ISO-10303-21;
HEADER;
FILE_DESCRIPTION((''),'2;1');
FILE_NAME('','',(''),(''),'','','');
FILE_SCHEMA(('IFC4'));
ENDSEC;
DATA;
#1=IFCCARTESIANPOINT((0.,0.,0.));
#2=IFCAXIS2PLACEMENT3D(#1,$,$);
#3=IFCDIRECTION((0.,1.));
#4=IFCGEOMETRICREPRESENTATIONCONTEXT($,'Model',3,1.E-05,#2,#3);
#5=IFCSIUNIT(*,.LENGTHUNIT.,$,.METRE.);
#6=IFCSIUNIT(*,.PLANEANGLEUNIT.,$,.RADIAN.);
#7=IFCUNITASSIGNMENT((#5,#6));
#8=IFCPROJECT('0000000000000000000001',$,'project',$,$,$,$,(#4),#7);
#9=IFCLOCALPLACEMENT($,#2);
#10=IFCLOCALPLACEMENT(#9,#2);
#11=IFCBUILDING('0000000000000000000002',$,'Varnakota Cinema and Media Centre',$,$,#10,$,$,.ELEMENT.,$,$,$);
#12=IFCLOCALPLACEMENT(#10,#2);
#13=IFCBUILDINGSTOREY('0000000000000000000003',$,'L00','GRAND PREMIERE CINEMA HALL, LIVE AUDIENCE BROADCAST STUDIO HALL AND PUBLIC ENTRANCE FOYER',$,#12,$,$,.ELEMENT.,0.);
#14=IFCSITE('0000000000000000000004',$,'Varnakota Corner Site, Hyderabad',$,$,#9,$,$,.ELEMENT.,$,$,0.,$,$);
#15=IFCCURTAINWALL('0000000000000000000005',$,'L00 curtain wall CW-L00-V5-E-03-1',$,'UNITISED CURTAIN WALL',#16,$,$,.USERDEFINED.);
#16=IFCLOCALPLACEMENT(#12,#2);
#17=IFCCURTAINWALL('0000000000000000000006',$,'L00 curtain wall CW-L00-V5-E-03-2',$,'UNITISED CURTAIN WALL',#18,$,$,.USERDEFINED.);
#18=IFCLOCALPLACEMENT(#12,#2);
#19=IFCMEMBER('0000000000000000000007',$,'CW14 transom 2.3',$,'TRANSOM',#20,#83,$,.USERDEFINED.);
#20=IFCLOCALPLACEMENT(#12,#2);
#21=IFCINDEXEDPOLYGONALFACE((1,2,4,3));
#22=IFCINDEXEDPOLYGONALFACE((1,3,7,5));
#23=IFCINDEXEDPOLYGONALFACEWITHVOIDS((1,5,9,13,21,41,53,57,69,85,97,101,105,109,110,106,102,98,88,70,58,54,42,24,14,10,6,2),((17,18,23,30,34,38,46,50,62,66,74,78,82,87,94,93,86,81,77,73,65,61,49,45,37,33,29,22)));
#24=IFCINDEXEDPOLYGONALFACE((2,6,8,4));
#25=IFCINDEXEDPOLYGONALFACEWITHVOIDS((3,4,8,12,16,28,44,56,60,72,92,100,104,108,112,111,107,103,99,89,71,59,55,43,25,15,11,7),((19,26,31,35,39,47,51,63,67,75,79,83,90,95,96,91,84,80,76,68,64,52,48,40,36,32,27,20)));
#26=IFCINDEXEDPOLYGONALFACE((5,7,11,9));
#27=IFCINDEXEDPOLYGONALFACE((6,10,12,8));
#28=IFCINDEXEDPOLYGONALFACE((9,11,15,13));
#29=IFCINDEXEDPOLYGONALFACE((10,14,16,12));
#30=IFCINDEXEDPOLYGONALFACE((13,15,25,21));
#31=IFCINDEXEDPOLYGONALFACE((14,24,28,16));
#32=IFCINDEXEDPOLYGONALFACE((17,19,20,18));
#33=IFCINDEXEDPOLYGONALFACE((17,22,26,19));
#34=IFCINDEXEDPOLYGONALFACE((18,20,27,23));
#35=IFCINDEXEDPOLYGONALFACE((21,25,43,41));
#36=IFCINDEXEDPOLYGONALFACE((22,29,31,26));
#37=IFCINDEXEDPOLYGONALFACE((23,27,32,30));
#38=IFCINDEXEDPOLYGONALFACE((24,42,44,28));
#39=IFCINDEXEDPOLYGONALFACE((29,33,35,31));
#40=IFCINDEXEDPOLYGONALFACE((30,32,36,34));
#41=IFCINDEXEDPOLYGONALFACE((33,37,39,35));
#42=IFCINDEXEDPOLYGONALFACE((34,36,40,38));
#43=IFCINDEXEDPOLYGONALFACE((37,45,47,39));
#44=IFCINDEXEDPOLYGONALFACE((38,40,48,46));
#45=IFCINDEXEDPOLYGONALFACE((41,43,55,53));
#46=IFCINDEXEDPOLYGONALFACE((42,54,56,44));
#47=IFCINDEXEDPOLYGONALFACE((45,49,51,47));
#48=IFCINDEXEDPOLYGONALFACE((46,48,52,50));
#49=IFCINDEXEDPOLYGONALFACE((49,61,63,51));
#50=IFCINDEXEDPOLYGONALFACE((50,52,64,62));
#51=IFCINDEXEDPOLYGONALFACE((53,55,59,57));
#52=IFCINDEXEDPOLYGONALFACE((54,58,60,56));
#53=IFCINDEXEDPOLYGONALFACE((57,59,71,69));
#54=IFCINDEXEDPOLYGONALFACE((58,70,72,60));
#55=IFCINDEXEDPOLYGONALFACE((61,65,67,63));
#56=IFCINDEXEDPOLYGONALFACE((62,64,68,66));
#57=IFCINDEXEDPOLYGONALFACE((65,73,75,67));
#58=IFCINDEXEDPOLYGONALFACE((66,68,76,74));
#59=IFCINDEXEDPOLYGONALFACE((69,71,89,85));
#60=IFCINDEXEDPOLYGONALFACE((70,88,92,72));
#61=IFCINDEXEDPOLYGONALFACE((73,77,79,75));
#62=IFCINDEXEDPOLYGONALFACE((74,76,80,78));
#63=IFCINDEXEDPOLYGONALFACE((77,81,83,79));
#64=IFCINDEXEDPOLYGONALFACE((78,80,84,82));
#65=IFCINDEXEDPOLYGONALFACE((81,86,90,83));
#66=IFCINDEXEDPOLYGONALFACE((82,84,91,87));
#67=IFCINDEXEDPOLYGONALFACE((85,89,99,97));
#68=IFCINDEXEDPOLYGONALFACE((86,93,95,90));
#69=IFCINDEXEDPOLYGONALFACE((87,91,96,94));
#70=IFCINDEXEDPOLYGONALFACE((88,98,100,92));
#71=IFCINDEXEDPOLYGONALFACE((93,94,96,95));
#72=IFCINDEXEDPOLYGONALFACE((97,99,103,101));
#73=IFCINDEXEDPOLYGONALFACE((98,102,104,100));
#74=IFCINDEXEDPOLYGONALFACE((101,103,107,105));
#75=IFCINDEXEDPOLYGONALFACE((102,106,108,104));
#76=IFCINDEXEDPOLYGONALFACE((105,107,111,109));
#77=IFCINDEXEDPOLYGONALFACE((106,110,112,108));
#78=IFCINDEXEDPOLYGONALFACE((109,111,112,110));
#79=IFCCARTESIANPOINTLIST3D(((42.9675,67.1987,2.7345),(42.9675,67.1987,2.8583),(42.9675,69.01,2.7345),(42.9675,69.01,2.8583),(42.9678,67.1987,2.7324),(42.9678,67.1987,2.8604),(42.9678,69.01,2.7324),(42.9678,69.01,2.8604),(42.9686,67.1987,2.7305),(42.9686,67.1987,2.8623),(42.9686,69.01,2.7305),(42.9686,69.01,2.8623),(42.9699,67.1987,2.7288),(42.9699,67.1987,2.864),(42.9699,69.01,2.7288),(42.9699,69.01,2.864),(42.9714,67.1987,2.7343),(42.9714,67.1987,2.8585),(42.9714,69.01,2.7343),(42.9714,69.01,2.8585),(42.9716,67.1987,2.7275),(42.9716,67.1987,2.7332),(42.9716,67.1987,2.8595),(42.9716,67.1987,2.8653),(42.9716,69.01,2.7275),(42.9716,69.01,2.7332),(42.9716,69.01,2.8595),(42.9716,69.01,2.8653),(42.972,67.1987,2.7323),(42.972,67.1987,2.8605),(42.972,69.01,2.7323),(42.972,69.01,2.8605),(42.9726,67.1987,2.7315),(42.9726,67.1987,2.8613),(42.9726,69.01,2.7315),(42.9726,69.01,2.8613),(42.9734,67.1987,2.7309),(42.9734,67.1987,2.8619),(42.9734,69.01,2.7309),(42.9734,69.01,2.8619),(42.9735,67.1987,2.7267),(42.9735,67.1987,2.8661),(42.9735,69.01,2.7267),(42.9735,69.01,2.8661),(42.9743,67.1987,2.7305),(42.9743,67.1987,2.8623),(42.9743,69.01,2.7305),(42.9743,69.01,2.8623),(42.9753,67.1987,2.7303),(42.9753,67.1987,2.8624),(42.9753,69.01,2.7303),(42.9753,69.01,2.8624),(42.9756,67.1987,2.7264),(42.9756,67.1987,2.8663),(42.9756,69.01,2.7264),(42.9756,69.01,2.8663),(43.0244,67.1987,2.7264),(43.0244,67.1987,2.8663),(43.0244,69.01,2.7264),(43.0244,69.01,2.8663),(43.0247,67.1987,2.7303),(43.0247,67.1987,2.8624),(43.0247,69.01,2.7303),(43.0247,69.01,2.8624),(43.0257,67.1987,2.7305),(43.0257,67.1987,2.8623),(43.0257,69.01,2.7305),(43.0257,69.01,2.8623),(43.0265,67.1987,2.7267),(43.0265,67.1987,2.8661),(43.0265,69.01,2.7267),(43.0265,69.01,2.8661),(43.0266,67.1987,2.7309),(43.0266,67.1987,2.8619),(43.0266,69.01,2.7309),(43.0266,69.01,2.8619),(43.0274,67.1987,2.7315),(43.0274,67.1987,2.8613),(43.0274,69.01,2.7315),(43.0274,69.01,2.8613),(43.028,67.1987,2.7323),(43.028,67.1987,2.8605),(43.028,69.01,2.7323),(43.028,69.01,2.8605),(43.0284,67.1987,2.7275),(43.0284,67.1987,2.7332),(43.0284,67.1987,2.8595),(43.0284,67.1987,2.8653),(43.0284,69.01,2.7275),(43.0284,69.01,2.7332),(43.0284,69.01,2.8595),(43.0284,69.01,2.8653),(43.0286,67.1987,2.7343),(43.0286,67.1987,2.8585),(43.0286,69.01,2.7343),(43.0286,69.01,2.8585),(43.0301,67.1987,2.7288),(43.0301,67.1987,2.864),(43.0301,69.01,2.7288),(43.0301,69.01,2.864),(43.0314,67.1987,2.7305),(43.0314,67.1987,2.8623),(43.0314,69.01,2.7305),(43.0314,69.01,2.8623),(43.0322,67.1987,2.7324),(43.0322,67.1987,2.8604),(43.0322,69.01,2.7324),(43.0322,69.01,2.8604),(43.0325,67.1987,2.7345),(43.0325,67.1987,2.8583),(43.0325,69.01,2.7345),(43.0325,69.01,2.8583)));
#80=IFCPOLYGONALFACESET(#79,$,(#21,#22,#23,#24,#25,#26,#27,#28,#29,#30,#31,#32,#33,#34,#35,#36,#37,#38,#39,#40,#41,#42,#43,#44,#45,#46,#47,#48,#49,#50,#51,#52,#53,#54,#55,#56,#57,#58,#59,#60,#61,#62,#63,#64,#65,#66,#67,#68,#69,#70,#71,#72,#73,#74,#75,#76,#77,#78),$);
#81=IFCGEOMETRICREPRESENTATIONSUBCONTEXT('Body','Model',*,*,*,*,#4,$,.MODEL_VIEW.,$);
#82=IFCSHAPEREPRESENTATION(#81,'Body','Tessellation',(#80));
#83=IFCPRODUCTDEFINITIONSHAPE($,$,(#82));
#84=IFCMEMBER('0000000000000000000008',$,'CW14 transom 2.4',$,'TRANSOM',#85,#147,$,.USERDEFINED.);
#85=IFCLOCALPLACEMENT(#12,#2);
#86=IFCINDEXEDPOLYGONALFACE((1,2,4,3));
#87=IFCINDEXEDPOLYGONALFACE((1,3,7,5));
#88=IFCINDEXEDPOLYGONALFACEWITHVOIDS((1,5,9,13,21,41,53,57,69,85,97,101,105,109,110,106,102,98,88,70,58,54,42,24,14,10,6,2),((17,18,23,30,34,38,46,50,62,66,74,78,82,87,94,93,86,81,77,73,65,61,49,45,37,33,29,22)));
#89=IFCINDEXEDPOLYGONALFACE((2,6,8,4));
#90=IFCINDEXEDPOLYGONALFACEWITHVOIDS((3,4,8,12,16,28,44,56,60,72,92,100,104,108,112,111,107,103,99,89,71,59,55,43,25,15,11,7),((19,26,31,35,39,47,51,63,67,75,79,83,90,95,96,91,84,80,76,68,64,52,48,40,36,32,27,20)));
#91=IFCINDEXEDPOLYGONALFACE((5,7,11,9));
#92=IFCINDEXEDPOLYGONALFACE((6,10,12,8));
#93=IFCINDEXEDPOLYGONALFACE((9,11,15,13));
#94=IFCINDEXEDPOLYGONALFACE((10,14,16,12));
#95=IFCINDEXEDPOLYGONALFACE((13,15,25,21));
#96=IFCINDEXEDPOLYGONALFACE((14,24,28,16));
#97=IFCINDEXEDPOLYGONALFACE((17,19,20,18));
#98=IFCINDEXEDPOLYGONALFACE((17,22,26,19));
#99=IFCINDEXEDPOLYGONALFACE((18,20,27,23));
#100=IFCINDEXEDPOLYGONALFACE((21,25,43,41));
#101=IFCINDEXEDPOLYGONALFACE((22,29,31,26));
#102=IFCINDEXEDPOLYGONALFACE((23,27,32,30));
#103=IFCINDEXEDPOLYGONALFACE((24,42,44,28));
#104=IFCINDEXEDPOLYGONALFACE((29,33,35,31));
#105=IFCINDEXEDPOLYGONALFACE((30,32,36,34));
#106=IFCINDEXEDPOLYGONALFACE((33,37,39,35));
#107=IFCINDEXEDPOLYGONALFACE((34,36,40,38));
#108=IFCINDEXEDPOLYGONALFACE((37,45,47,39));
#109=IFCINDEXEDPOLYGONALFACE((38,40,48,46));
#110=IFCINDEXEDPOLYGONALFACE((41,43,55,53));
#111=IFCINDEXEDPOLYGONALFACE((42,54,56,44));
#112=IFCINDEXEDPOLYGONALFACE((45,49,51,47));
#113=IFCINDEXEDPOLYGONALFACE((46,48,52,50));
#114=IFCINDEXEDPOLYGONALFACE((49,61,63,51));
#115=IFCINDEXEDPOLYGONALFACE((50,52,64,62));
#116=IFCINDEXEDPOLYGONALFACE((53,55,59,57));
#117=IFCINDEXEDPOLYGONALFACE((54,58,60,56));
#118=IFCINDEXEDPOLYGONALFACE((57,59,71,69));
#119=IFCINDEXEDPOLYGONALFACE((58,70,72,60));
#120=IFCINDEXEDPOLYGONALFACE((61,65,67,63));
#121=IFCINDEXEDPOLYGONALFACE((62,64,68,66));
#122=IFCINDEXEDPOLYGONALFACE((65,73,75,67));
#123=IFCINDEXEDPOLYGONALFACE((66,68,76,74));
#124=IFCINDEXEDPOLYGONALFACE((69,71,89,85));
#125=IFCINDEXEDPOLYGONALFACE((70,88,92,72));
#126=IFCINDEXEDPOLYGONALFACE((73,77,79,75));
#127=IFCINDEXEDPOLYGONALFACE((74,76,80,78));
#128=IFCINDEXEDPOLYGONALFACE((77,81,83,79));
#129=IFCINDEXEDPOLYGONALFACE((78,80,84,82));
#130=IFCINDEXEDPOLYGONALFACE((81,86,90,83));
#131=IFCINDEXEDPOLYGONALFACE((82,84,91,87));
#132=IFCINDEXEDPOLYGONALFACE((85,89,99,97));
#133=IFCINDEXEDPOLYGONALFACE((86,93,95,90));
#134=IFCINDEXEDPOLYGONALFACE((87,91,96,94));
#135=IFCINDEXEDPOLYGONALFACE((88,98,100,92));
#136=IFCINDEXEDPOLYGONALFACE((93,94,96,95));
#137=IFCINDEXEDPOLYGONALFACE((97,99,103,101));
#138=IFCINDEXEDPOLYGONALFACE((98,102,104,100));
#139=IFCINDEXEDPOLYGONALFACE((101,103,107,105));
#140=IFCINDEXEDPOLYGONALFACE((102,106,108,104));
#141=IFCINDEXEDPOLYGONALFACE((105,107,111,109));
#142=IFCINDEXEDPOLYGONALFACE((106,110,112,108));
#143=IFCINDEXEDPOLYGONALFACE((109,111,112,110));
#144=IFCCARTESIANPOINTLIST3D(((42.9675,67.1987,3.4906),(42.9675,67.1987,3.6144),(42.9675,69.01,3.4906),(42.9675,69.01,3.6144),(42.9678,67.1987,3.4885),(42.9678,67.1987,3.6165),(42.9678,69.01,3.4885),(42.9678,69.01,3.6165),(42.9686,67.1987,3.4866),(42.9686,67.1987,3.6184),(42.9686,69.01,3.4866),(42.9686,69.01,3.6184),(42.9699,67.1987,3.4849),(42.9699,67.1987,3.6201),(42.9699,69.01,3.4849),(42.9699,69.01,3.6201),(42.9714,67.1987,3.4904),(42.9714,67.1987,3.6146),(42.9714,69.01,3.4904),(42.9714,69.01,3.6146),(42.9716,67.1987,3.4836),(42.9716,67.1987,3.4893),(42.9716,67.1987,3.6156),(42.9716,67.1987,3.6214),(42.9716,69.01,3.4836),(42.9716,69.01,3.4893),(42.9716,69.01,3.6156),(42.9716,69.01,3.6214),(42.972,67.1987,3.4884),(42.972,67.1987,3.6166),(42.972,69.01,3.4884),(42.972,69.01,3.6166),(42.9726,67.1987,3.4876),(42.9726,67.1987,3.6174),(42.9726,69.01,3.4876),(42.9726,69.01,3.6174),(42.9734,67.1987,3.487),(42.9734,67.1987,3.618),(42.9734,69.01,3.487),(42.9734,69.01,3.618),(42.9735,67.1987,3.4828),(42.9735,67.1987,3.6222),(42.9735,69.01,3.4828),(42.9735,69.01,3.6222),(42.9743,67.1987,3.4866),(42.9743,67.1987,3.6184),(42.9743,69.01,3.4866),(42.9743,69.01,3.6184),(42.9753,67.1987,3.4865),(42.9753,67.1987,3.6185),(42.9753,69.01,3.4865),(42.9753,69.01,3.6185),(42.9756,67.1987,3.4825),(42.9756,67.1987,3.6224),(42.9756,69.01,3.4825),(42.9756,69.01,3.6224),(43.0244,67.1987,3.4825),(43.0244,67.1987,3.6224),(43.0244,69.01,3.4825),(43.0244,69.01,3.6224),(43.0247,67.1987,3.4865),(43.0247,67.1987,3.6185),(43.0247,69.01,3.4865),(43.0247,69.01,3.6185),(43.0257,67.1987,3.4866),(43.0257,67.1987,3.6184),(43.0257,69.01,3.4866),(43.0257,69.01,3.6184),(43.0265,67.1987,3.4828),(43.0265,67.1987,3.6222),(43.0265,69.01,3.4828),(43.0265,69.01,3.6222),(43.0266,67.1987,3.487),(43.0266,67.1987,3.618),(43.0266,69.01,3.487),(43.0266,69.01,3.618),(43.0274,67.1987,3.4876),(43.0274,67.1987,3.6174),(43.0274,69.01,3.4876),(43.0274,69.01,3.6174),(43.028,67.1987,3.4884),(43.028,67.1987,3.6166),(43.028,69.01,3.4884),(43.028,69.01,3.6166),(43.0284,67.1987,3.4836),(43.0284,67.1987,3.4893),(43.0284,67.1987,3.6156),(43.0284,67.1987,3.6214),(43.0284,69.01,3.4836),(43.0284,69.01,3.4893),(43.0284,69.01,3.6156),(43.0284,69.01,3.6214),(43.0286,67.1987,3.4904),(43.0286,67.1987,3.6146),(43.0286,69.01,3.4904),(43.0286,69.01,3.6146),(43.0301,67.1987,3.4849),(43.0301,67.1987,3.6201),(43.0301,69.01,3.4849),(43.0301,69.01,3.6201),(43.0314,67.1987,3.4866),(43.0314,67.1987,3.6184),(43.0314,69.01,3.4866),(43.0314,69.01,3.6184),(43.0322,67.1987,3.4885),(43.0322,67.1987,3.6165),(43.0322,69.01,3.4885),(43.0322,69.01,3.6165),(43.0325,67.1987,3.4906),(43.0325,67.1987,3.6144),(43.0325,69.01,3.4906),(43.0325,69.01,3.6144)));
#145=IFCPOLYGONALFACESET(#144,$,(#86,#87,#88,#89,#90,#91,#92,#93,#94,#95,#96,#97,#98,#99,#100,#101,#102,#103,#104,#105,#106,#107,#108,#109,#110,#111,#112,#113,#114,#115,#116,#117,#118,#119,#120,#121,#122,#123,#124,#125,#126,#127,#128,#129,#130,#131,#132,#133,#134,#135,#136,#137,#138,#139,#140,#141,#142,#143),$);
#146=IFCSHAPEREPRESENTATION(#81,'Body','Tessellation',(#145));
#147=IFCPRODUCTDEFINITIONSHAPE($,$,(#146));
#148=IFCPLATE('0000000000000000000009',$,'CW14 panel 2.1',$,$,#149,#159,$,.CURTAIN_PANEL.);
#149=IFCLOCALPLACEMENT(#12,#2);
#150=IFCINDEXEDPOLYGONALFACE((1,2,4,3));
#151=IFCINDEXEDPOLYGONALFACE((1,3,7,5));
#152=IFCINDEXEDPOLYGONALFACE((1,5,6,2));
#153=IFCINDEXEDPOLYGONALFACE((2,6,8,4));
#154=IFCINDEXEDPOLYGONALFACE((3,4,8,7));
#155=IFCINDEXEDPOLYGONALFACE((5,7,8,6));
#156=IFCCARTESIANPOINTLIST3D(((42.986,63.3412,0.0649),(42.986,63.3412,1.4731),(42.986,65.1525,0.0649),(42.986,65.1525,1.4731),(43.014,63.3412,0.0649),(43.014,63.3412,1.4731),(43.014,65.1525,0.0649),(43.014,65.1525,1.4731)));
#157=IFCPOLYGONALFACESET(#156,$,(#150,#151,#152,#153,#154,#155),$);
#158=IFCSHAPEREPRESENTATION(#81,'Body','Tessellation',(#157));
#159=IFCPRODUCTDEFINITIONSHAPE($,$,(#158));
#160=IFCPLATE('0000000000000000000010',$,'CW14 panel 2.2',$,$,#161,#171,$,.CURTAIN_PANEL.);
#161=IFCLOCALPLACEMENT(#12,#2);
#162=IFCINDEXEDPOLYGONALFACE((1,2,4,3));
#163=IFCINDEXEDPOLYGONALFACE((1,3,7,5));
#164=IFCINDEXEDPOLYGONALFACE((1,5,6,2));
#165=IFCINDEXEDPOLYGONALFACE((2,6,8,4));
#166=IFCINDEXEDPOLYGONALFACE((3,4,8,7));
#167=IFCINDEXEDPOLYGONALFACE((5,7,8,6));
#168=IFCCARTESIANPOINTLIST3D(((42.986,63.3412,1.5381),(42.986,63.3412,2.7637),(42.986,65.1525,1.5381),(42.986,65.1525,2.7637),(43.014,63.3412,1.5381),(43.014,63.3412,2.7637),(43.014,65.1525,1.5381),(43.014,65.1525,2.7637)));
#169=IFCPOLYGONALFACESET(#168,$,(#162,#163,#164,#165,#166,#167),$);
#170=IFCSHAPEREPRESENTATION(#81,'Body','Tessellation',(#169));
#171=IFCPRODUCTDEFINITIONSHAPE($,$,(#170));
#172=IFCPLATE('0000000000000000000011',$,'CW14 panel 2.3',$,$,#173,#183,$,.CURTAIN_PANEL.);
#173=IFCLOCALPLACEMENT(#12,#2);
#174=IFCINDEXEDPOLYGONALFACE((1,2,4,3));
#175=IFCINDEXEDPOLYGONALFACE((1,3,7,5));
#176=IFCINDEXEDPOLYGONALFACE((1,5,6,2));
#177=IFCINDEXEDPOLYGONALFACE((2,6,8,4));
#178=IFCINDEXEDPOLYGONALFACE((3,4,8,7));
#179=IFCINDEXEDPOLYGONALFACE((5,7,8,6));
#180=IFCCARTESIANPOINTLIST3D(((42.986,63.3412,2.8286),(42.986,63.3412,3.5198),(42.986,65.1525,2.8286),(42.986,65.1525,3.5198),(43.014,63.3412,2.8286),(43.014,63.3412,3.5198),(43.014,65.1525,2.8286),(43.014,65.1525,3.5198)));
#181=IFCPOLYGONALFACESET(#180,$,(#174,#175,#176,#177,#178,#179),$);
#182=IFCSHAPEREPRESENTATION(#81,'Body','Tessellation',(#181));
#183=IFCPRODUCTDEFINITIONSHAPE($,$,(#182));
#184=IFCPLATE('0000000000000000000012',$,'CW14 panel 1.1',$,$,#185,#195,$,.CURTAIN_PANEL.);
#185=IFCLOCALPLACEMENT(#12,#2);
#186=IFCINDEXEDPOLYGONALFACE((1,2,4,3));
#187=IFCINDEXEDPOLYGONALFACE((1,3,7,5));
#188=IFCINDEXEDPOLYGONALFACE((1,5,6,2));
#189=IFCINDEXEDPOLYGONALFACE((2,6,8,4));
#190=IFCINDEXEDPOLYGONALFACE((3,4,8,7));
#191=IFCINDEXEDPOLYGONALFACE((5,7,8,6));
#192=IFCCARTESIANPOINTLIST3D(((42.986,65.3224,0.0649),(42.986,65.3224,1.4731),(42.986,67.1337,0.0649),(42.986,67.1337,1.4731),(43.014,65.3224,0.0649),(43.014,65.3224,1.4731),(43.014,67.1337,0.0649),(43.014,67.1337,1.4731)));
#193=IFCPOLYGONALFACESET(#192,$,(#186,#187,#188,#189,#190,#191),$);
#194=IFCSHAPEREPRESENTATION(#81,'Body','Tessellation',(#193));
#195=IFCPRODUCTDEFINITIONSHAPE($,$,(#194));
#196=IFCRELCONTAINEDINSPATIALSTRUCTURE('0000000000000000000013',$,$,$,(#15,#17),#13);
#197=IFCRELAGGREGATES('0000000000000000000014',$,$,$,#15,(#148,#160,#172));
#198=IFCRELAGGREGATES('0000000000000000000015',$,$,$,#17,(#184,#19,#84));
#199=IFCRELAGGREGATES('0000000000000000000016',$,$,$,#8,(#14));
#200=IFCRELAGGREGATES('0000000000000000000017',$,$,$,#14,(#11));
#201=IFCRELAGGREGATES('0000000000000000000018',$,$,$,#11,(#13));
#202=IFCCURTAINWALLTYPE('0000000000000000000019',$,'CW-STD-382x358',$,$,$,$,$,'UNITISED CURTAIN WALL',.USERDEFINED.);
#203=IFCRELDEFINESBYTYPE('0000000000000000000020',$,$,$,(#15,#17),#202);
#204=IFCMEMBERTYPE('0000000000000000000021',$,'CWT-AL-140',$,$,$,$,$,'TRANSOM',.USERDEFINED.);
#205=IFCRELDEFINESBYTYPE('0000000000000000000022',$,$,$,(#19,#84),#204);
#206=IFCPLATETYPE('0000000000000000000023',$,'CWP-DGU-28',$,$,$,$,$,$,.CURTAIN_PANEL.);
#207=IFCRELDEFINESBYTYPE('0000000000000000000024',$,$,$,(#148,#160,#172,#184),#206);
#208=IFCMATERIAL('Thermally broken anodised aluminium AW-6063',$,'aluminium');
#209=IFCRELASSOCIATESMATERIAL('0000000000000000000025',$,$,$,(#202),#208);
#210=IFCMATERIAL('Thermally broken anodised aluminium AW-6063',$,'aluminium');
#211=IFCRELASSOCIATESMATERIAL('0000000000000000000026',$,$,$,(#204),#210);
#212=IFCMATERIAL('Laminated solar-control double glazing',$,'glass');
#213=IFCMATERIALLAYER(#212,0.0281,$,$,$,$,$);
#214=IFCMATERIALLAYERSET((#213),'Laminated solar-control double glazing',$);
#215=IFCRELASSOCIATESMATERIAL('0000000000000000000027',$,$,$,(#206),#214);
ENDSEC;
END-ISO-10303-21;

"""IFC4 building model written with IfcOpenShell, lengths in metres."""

from ifc_helpers import new_model, si_unit, direction, frame, origin, origin_2d, place, context, subcontext, project, spatial, rectangle, hollow_rectangle, extrude, material, layer, layer_set, material_profile, profile_set, type_object, element, aggregate, save


model = new_model("IFC4")

# Units and contexts
model_context = context("Model", 3, precision=1e-05, world=origin(), true_north=direction((0.0, 1.0)))
body_context = subcontext(model_context, "Body", "Model", "MODEL_VIEW")
ifc_project = project(units=[si_unit("LENGTHUNIT", "METRE"), si_unit("PLANEANGLEUNIT", "RADIAN")], contexts=[model_context])

# Site, building, storey
site_placement = place(None, origin())
site = spatial("IfcSite", under=ifc_project, at=site_placement, Name="Varnakota Corner Site, Hyderabad", CompositionType="ELEMENT", RefElevation=0.0)
building_placement = place(site_placement, origin())
building = spatial("IfcBuilding", under=site, at=building_placement, Name="Varnakota Cinema and Media Centre", CompositionType="ELEMENT")
storey_placement = place(building_placement, origin())
storey = spatial("IfcBuildingStorey", under=building, at=storey_placement, Name="L00", Description="GRAND PREMIERE CINEMA HALL, LIVE AUDIENCE BROADCAST STUDIO HALL AND PUBLIC ENTRANCE FOYER", CompositionType="ELEMENT", Elevation=0.0)

# Curtain wall
ifc_material_1 = material(Name="Thermally broken anodised aluminium AW-6063", Category="aluminium")
curtain_wall_type = type_object("IfcCurtainWallType", Name="CW-STD-382x358", ElementType="UNITISED CURTAIN WALL", PredefinedType="USERDEFINED", material=ifc_material_1)
curtain_wall_1_placement = place(storey_placement, origin())
curtain_wall_1 = element("IfcCurtainWall", 1, at=curtain_wall_1_placement, inside=storey, type_object=curtain_wall_type, Name="L00 curtain wall CW-L00-V5-E-03-1", ObjectType="UNITISED CURTAIN WALL", PredefinedType="USERDEFINED")

# Curtain wall
curtain_wall_2_placement = place(storey_placement, origin())
curtain_wall_2 = element("IfcCurtainWall", 2, at=curtain_wall_2_placement, inside=storey, type_object=curtain_wall_type, Name="L00 curtain wall CW-L00-V5-E-03-2", ObjectType="UNITISED CURTAIN WALL", PredefinedType="USERDEFINED")

# Members
ifc_material_2 = material(Name="Thermally broken anodised aluminium AW-6063", Category="aluminium")
ifc_material_profile_1 = material_profile(ifc_material_2, hollow_rectangle(XDim=0.0649, YDim=0.1399, WallThickness=0.0039, InnerFilletRadius=0.0039, OuterFilletRadius=0.0081, at=origin_2d()), Name="AL-TRANSOM 140x65x4")
ifc_profile_set_1 = profile_set([ifc_material_profile_1], Name="Thermally broken anodised aluminium AW-6063")
member_type_1 = type_object("IfcMemberType", Name="CWT-AL-140", ElementType="TRANSOM", PredefinedType="USERDEFINED", material=ifc_profile_set_1)
member_1_placement = place(storey_placement, frame((43.0, 67.1987, 2.7964), z_axis=(0.0, 1.0, 0.0), x_axis=(-1.0, 0.0, 0.0)))
member_1 = element("IfcMember", 3, at=member_1_placement, type_object=member_type_1, Name="CW14 transom 2.3", ObjectType="TRANSOM", PredefinedType="USERDEFINED", context=body_context, shape_type="SweptSolid", body=[
    extrude(hollow_rectangle(XDim=0.0649, YDim=0.1399, WallThickness=0.0039, InnerFilletRadius=0.0039, OuterFilletRadius=0.0081, at=origin_2d()), origin(), (0.0, 0.0, 1.0), 1.8113),
])
member_2_placement = place(storey_placement, frame((43.0, 67.1987, 3.5525), z_axis=(0.0, 1.0, 0.0), x_axis=(-1.0, 0.0, 0.0)))
member_2 = element("IfcMember", 4, at=member_2_placement, type_object=member_type_1, Name="CW14 transom 2.4", ObjectType="TRANSOM", PredefinedType="USERDEFINED", context=body_context, shape_type="SweptSolid", body=[
    extrude(hollow_rectangle(XDim=0.0649, YDim=0.1399, WallThickness=0.0039, InnerFilletRadius=0.0039, OuterFilletRadius=0.0081, at=origin_2d()), origin(), (0.0, 0.0, 1.0), 1.8113),
])

# Plates
ifc_material_3 = material(Name="Laminated solar-control double glazing", Category="glass")
ifc_layer_1 = layer(ifc_material_3, 0.0281)
ifc_layer_set_1 = layer_set([ifc_layer_1], Name="Laminated solar-control double glazing")
plate_type = type_object("IfcPlateType", Name="CWP-DGU-28", PredefinedType="CURTAIN_PANEL", material=ifc_layer_set_1)
plate_1_placement = place(storey_placement, frame((43.0, 64.2468, 0.0649), z_axis=(0.0, 0.0, 1.0), x_axis=(0.0, 1.0, 0.0)))
plate_1 = element("IfcPlate", 5, at=plate_1_placement, type_object=plate_type, Name="CW14 panel 2.1", PredefinedType="CURTAIN_PANEL", context=body_context, shape_type="SweptSolid", body=[
    extrude(rectangle(XDim=1.8113, YDim=0.0281, at=origin_2d()), origin(), (0.0, 0.0, 1.0), 1.4082),
])
plate_2_placement = place(storey_placement, frame((43.0, 64.2468, 1.5381), z_axis=(0.0, 0.0, 1.0), x_axis=(0.0, 1.0, 0.0)))
plate_2 = element("IfcPlate", 6, at=plate_2_placement, type_object=plate_type, Name="CW14 panel 2.2", PredefinedType="CURTAIN_PANEL", context=body_context, shape_type="SweptSolid", body=[
    extrude(rectangle(XDim=1.8113, YDim=0.0281, at=origin_2d()), origin(), (0.0, 0.0, 1.0), 1.2256),
])
plate_3_placement = place(storey_placement, frame((43.0, 64.2468, 2.8286), z_axis=(0.0, 0.0, 1.0), x_axis=(0.0, 1.0, 0.0)))
plate_3 = element("IfcPlate", 7, at=plate_3_placement, type_object=plate_type, Name="CW14 panel 2.3", PredefinedType="CURTAIN_PANEL", context=body_context, shape_type="SweptSolid", body=[
    extrude(rectangle(XDim=1.8113, YDim=0.0281, at=origin_2d()), origin(), (0.0, 0.0, 1.0), 0.6912),
])
aggregate(curtain_wall_1, [plate_1, plate_2, plate_3])
plate_4_placement = place(storey_placement, frame((43.0, 66.228, 0.0649), z_axis=(0.0, 0.0, 1.0), x_axis=(0.0, 1.0, 0.0)))
plate_4 = element("IfcPlate", 8, at=plate_4_placement, type_object=plate_type, Name="CW14 panel 1.1", PredefinedType="CURTAIN_PANEL", context=body_context, shape_type="SweptSolid", body=[
    extrude(rectangle(XDim=1.8113, YDim=0.0281, at=origin_2d()), origin(), (0.0, 0.0, 1.0), 1.4082),
])
aggregate(curtain_wall_2, [plate_4, member_1, member_2])

save(model, "model.ifc")
